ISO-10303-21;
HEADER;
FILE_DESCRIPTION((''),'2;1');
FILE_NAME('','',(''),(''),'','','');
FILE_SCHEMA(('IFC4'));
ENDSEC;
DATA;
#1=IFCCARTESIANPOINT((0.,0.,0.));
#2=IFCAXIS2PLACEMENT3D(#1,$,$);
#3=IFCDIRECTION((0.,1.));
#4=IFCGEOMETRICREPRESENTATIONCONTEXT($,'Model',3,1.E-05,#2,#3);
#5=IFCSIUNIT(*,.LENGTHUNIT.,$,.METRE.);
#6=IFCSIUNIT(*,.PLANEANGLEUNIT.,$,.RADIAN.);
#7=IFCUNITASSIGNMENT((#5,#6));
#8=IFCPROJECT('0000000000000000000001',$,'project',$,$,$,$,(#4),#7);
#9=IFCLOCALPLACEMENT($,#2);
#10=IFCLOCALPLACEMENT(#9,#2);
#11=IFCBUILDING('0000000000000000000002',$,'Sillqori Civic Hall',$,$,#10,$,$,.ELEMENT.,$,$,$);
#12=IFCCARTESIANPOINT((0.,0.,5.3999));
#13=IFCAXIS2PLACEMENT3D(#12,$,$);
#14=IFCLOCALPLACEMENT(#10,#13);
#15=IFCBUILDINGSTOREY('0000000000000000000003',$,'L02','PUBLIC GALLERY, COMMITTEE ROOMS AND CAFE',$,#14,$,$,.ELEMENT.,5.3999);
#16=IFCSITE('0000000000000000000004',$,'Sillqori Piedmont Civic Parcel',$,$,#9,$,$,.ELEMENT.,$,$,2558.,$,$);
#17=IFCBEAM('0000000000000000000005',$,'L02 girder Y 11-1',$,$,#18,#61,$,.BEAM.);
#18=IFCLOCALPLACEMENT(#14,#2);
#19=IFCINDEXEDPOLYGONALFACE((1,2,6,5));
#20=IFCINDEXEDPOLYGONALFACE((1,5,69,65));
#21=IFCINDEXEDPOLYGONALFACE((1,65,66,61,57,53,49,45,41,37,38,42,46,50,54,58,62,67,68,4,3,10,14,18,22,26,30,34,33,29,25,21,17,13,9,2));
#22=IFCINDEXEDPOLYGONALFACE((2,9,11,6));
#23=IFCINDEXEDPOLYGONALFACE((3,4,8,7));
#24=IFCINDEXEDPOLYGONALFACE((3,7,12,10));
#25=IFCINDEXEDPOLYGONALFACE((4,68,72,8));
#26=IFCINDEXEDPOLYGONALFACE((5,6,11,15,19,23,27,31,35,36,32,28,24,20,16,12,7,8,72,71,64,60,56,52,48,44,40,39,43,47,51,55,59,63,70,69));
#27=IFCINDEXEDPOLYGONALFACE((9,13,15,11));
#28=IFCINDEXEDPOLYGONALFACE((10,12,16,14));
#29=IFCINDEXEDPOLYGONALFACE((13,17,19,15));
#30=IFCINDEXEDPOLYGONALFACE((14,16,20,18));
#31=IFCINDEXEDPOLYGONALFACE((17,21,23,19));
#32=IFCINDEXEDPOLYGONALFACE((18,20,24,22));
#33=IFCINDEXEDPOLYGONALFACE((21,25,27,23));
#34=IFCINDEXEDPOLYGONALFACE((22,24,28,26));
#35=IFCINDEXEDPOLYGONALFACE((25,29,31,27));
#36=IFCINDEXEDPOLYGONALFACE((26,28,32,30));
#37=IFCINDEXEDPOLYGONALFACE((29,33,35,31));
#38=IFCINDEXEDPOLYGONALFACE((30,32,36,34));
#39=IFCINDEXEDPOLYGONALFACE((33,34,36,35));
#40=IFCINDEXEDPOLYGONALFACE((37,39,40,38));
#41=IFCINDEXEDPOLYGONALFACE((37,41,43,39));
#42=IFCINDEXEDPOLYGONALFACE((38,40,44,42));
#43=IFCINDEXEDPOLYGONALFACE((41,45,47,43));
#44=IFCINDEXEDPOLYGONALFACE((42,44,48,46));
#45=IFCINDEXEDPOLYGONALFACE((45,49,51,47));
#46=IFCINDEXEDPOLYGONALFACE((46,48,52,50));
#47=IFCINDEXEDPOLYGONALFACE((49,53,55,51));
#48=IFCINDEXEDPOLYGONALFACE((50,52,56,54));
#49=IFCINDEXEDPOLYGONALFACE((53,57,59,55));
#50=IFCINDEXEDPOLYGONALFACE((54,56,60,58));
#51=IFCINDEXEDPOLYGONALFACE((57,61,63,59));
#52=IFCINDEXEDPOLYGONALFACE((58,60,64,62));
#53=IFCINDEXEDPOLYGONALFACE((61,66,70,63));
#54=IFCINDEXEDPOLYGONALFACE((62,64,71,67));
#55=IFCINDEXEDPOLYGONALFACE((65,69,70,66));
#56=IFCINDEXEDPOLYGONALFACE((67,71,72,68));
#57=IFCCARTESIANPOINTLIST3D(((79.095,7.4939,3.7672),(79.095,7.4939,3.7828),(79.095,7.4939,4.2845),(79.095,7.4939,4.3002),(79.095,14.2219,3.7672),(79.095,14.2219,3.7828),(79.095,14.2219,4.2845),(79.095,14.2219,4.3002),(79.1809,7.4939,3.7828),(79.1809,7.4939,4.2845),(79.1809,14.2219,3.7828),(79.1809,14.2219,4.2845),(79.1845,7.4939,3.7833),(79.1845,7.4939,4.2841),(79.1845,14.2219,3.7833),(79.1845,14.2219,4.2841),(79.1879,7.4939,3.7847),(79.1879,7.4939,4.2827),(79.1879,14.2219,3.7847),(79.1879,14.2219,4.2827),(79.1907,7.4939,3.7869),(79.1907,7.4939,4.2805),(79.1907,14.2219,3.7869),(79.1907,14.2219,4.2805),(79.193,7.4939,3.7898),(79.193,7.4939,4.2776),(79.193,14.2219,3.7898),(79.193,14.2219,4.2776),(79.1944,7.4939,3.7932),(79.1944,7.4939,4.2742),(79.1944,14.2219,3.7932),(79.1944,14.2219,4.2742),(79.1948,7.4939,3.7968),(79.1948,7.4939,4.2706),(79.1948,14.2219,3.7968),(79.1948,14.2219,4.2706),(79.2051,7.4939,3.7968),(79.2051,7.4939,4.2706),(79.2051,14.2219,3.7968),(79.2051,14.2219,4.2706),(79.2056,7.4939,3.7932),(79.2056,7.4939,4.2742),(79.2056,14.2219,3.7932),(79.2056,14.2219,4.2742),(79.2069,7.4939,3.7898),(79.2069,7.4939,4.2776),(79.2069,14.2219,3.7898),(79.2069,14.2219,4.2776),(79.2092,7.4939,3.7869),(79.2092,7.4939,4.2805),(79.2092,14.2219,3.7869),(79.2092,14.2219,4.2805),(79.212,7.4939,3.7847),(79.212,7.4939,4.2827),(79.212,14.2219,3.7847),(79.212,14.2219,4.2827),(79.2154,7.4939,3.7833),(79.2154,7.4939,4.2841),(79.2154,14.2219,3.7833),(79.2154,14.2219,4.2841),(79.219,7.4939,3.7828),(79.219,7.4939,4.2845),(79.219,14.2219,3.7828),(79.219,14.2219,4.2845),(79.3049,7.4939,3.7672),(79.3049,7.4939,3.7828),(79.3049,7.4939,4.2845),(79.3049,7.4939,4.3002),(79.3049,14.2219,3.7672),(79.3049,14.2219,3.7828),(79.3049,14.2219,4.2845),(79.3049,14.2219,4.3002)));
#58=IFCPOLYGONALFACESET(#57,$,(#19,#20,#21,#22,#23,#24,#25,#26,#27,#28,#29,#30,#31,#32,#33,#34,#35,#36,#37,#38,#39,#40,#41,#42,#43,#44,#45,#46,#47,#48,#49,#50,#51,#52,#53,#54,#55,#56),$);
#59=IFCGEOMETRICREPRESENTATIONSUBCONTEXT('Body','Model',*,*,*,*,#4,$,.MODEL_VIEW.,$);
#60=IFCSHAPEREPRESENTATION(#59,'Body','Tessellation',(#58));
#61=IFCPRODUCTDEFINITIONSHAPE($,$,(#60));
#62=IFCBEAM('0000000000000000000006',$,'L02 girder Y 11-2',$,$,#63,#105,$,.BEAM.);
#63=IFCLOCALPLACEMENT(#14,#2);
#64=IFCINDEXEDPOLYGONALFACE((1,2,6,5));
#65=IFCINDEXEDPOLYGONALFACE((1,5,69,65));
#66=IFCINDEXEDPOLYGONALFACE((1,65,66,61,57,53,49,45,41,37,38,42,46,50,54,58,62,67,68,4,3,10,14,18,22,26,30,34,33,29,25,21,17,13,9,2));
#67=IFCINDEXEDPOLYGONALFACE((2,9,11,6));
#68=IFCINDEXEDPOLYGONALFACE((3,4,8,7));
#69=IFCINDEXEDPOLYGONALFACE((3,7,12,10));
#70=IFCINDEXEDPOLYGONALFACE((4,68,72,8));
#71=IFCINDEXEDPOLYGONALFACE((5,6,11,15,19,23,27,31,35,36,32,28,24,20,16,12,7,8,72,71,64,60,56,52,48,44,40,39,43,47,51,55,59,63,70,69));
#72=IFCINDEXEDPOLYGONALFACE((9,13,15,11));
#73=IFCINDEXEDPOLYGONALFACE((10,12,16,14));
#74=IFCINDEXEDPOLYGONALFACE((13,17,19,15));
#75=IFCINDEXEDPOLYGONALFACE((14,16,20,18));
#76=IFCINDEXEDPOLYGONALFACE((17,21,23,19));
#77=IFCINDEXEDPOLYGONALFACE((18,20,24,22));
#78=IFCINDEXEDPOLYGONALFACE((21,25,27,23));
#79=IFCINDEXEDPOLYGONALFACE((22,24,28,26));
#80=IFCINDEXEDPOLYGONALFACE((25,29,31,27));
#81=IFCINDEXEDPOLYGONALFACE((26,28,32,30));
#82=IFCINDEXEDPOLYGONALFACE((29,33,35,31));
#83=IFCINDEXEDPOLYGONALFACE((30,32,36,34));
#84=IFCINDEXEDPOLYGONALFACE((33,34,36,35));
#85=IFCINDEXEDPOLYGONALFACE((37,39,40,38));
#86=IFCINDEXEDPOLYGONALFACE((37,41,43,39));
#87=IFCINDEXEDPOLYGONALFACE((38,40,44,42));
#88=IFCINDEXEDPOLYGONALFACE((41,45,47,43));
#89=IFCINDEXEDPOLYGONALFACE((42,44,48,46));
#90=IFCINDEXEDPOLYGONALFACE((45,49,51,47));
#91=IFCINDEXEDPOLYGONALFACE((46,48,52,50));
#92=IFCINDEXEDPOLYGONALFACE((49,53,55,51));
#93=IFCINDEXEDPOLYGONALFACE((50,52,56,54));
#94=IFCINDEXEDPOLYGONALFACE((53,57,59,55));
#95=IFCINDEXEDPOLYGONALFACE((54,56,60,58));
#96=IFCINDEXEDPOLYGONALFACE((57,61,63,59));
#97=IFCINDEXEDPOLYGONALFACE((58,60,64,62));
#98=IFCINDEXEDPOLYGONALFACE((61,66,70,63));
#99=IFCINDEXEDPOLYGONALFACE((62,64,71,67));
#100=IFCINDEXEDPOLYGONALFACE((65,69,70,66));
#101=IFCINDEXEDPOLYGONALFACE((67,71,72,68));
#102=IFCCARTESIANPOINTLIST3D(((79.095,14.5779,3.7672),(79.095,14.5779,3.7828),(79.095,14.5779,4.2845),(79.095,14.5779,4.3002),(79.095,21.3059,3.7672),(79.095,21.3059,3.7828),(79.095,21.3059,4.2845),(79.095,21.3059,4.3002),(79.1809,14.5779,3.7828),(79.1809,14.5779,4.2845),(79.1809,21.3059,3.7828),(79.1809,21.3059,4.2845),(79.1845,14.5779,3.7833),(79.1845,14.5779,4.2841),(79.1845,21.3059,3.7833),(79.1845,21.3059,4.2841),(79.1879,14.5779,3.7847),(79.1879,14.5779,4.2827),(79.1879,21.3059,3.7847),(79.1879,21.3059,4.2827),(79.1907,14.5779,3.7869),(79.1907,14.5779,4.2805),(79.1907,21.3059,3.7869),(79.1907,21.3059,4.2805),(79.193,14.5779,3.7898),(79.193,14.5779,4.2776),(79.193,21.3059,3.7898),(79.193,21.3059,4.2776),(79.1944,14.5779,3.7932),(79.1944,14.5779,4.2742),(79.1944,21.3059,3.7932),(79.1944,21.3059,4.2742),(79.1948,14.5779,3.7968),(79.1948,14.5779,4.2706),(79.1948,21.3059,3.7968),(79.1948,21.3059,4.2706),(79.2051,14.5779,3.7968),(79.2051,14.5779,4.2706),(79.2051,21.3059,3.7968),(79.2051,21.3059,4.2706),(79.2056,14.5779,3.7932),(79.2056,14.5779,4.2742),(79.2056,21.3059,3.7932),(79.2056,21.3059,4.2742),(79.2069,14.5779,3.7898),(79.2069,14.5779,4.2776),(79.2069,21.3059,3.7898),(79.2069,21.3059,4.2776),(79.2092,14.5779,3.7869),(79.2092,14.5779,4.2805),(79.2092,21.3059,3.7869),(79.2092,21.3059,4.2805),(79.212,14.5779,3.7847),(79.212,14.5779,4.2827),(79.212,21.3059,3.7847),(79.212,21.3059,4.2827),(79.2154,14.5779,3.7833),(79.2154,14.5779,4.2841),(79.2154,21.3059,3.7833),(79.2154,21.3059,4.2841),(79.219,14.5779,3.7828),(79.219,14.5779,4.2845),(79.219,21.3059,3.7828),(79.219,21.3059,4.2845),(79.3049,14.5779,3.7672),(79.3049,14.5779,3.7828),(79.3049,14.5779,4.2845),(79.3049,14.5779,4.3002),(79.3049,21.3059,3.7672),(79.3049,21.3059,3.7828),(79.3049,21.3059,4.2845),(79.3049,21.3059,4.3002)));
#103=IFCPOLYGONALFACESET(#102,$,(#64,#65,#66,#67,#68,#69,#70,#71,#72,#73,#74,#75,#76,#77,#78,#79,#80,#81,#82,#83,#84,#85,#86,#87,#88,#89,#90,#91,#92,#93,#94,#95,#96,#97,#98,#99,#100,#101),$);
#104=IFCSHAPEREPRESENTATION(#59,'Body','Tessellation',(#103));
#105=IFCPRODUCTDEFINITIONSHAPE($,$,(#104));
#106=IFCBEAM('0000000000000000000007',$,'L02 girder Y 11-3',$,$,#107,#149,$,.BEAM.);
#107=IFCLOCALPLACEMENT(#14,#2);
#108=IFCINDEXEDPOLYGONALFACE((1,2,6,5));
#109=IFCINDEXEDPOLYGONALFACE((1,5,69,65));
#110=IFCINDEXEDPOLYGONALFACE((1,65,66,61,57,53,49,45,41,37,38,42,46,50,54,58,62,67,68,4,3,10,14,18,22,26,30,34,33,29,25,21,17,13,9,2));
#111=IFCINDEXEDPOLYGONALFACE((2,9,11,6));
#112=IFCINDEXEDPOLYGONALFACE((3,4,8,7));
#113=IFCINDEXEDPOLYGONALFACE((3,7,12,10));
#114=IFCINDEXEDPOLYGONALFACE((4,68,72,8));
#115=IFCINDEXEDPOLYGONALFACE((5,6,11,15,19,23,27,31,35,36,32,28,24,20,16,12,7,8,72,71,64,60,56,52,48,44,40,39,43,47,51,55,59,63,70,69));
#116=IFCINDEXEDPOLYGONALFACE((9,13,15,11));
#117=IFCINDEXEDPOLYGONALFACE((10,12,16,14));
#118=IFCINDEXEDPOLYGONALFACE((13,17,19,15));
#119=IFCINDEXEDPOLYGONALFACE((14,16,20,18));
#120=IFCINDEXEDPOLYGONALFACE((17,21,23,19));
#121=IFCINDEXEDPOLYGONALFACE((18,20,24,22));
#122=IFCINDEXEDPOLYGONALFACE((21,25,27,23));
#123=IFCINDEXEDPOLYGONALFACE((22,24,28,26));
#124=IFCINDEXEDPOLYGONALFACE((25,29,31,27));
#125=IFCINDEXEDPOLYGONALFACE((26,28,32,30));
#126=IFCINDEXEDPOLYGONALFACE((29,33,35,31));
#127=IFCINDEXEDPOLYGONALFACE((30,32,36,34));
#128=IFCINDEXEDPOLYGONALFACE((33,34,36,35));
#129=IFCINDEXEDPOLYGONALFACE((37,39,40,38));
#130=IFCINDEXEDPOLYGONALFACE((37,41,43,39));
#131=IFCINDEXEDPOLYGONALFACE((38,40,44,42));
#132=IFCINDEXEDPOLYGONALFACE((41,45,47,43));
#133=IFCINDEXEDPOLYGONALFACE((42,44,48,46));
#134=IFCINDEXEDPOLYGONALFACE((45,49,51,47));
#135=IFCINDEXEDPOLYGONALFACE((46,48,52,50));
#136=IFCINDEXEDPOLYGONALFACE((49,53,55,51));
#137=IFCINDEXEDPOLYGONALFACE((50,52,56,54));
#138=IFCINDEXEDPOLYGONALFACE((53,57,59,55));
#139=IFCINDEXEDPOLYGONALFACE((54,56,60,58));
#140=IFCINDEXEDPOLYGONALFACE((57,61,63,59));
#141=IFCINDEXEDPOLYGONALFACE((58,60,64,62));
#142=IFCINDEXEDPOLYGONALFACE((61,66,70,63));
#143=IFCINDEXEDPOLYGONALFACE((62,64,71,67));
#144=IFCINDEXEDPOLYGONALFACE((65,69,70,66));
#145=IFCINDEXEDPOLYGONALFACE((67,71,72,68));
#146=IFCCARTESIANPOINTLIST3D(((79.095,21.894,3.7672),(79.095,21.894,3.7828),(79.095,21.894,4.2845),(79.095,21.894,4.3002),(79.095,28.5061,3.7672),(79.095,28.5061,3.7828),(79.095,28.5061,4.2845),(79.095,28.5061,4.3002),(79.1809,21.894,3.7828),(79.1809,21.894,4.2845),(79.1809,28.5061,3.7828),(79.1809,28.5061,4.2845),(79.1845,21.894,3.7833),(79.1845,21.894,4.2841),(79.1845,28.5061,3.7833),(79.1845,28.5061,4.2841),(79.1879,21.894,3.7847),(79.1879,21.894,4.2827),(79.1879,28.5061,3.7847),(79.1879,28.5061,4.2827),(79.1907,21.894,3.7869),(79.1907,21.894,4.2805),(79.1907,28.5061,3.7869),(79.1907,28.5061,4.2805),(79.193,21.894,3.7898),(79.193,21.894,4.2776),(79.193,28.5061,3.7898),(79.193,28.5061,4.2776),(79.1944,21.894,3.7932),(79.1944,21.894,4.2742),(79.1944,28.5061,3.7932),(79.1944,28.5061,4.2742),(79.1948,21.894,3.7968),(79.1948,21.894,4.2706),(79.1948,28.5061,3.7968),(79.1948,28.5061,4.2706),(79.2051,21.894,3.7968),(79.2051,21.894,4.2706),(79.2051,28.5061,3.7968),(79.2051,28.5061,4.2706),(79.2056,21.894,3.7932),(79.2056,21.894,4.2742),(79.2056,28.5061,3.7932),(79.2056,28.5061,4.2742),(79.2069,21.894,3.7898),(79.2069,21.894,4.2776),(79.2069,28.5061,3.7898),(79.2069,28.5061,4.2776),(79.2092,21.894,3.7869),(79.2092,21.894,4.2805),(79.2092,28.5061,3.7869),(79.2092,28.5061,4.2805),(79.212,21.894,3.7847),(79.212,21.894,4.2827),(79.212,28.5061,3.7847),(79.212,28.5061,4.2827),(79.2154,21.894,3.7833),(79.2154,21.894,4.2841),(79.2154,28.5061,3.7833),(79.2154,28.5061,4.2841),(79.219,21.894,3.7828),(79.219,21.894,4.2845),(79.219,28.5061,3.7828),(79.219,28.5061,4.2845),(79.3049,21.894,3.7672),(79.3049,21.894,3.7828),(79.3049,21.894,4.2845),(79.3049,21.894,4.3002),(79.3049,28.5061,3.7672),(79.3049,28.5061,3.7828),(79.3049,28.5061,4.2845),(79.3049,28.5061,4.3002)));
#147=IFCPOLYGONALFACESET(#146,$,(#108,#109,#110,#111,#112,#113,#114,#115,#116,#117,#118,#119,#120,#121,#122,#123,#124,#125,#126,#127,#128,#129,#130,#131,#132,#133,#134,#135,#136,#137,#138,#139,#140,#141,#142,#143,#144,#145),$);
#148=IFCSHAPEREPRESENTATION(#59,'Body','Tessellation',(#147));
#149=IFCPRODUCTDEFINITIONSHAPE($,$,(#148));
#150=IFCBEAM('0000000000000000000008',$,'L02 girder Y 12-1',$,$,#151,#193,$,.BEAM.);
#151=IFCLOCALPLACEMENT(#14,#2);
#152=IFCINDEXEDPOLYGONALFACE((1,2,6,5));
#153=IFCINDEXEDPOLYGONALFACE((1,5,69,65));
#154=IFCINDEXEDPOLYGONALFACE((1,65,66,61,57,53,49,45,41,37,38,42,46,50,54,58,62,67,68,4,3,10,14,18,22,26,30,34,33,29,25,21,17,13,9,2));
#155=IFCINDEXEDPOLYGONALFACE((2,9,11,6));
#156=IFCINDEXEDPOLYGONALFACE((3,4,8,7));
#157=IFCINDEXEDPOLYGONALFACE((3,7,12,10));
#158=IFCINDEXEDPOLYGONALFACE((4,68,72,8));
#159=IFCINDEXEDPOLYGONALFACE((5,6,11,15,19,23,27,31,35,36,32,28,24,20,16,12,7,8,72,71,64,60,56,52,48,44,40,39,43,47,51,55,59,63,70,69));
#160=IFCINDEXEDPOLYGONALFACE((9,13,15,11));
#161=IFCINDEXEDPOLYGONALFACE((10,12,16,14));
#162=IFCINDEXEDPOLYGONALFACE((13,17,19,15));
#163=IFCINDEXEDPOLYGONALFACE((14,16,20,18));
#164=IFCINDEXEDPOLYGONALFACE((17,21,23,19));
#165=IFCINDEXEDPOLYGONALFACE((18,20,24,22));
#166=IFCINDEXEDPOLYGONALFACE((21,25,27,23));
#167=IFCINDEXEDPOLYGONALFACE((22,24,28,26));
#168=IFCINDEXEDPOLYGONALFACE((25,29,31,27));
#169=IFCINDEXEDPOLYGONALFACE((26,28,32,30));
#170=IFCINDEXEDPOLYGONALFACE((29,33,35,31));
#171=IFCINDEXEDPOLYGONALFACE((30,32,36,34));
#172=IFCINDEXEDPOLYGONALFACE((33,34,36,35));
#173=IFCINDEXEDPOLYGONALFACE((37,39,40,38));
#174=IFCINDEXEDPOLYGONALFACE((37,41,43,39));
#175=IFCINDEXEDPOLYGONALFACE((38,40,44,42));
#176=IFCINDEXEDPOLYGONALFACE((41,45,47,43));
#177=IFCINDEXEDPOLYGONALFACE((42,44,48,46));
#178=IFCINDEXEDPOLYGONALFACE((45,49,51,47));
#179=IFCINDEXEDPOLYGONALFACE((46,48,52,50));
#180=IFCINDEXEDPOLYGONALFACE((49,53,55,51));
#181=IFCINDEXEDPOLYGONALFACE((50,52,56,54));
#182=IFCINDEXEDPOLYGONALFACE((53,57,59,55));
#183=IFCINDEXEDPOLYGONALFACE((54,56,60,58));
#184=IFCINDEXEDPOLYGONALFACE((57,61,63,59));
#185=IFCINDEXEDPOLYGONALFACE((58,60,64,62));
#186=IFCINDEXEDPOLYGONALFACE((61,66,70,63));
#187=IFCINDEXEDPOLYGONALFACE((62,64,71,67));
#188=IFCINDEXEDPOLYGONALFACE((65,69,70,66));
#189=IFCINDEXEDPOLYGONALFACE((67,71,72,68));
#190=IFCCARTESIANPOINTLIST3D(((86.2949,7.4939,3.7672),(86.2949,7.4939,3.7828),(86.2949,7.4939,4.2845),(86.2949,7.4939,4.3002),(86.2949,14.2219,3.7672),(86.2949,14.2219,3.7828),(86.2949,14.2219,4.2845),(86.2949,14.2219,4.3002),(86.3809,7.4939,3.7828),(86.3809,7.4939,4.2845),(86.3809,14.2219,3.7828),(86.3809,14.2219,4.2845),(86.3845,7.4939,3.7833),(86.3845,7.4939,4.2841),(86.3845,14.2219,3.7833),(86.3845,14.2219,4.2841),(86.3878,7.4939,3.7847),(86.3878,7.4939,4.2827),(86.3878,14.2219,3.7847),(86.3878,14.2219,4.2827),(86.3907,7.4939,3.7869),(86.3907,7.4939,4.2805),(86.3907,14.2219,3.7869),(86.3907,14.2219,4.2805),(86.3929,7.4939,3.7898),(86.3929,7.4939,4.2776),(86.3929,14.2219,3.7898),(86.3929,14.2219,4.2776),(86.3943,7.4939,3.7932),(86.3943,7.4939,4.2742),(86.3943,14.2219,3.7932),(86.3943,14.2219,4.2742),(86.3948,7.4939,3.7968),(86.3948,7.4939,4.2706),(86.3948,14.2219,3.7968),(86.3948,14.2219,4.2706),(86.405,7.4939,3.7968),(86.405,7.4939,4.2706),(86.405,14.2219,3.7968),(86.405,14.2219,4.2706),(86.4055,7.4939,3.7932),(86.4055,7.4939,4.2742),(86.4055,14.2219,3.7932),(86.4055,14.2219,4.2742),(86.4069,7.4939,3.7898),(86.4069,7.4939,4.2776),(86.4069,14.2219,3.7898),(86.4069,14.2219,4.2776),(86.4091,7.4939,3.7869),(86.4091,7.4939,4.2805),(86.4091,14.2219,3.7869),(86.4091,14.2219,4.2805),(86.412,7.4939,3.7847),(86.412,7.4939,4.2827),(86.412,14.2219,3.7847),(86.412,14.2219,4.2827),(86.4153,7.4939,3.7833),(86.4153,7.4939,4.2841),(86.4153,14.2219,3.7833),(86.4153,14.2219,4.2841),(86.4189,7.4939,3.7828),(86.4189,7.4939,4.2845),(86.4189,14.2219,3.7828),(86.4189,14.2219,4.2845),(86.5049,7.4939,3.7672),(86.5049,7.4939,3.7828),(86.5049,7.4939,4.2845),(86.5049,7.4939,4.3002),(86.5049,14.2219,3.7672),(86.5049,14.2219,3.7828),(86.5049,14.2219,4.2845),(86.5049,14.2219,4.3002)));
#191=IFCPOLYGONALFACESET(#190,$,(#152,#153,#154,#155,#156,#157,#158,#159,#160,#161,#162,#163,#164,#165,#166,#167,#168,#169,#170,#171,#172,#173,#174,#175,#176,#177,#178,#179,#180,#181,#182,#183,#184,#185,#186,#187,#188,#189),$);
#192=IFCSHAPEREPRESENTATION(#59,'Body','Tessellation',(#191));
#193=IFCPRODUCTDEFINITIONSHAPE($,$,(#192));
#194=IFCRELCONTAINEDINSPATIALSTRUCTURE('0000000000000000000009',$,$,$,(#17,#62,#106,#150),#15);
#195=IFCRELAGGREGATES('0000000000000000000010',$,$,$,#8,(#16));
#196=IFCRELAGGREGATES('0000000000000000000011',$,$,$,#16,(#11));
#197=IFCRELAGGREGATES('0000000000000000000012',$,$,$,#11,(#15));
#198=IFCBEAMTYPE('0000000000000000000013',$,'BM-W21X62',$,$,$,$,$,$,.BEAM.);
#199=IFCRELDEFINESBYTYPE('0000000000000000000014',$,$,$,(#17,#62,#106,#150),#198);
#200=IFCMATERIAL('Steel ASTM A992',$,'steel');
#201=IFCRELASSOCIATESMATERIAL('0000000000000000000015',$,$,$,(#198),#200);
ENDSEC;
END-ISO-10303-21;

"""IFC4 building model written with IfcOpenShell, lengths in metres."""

from ifc_helpers import new_model, si_unit, direction, frame, origin, origin_2d, place, context, subcontext, project, spatial, i_section, extrude, material, material_profile, profile_set, type_object, element, save


model = new_model("IFC4")

# Units and contexts
model_context = context("Model", 3, precision=1e-05, world=origin(), true_north=direction((0.0, 1.0)))
body_context = subcontext(model_context, "Body", "Model", "MODEL_VIEW")
ifc_project = project(units=[si_unit("LENGTHUNIT", "METRE"), si_unit("PLANEANGLEUNIT", "RADIAN")], contexts=[model_context])

# Site, building, storey
site_placement = place(None, origin())
site = spatial("IfcSite", under=ifc_project, at=site_placement, Name="Sillqori Piedmont Civic Parcel", CompositionType="ELEMENT", RefElevation=2558.0)
building_placement = place(site_placement, origin())
building = spatial("IfcBuilding", under=site, at=building_placement, Name="Sillqori Civic Hall", CompositionType="ELEMENT")
storey_placement = place(building_placement, frame((0.0, 0.0, 5.3999)))
storey = spatial("IfcBuildingStorey", under=building, at=storey_placement, Name="L02", Description="PUBLIC GALLERY, COMMITTEE ROOMS AND CAFE", CompositionType="ELEMENT", Elevation=5.3999)

# Shared definitions
ifc_material_1 = material(Name="Steel ASTM A992", Category="steel")

# Beams
ifc_material_profile_1 = material_profile(ifc_material_1, i_section(OverallWidth=0.21, OverallDepth=0.533, WebThickness=0.0103, FlangeThickness=0.0156, FilletRadius=0.0139, at=origin_2d()), Name="W21X62")
ifc_profile_set_1 = profile_set([ifc_material_profile_1], Name="Steel ASTM A992")
beam_type_1 = type_object("IfcBeamType", Name="BM-W21X62", PredefinedType="BEAM", material=ifc_profile_set_1)
for number, where, z_axis, x_axis, name in (
    (1, (79.2, 7.4939, 4.0337), (0.0, 1.0, 0.0), (-1.0, 0.0, 0.0), "L02 girder Y 11-1"),
    (2, (79.2, 14.5779, 4.0337), (0.0, 1.0, 0.0), (-1.0, 0.0, 0.0), "L02 girder Y 11-2"),
):
    element("IfcBeam", number, at=place(storey_placement, frame(where, z_axis=z_axis, x_axis=x_axis)), inside=storey, type_object=beam_type_1, Name=name, PredefinedType="BEAM", context=body_context, shape_type="SweptSolid", body=[
        extrude(i_section(OverallWidth=0.21, OverallDepth=0.533, WebThickness=0.0103, FlangeThickness=0.0156, FilletRadius=0.0139, at=origin_2d()), origin(), (0.0, 0.0, 1.0), 6.728),
    ])
beam_1_placement = place(storey_placement, frame((79.2, 21.894, 4.0337), z_axis=(0.0, 1.0, 0.0), x_axis=(-1.0, 0.0, 0.0)))
element("IfcBeam", 3, at=beam_1_placement, inside=storey, type_object=beam_type_1, Name="L02 girder Y 11-3", PredefinedType="BEAM", context=body_context, shape_type="SweptSolid", body=[
    extrude(i_section(OverallWidth=0.21, OverallDepth=0.533, WebThickness=0.0103, FlangeThickness=0.0156, FilletRadius=0.0139, at=origin_2d()), origin(), (0.0, 0.0, 1.0), 6.6121),
])
for number, where, z_axis, x_axis, name in (
    (4, (86.3999, 7.4939, 4.0337), (0.0, 1.0, 0.0), (-1.0, 0.0, 0.0), "L02 girder Y 12-1"),
):
    element("IfcBeam", number, at=place(storey_placement, frame(where, z_axis=z_axis, x_axis=x_axis)), inside=storey, type_object=beam_type_1, Name=name, PredefinedType="BEAM", context=body_context, shape_type="SweptSolid", body=[
        extrude(i_section(OverallWidth=0.21, OverallDepth=0.533, WebThickness=0.0103, FlangeThickness=0.0156, FilletRadius=0.0139, at=origin_2d()), origin(), (0.0, 0.0, 1.0), 6.728),
    ])

save(model, "model.ifc")
